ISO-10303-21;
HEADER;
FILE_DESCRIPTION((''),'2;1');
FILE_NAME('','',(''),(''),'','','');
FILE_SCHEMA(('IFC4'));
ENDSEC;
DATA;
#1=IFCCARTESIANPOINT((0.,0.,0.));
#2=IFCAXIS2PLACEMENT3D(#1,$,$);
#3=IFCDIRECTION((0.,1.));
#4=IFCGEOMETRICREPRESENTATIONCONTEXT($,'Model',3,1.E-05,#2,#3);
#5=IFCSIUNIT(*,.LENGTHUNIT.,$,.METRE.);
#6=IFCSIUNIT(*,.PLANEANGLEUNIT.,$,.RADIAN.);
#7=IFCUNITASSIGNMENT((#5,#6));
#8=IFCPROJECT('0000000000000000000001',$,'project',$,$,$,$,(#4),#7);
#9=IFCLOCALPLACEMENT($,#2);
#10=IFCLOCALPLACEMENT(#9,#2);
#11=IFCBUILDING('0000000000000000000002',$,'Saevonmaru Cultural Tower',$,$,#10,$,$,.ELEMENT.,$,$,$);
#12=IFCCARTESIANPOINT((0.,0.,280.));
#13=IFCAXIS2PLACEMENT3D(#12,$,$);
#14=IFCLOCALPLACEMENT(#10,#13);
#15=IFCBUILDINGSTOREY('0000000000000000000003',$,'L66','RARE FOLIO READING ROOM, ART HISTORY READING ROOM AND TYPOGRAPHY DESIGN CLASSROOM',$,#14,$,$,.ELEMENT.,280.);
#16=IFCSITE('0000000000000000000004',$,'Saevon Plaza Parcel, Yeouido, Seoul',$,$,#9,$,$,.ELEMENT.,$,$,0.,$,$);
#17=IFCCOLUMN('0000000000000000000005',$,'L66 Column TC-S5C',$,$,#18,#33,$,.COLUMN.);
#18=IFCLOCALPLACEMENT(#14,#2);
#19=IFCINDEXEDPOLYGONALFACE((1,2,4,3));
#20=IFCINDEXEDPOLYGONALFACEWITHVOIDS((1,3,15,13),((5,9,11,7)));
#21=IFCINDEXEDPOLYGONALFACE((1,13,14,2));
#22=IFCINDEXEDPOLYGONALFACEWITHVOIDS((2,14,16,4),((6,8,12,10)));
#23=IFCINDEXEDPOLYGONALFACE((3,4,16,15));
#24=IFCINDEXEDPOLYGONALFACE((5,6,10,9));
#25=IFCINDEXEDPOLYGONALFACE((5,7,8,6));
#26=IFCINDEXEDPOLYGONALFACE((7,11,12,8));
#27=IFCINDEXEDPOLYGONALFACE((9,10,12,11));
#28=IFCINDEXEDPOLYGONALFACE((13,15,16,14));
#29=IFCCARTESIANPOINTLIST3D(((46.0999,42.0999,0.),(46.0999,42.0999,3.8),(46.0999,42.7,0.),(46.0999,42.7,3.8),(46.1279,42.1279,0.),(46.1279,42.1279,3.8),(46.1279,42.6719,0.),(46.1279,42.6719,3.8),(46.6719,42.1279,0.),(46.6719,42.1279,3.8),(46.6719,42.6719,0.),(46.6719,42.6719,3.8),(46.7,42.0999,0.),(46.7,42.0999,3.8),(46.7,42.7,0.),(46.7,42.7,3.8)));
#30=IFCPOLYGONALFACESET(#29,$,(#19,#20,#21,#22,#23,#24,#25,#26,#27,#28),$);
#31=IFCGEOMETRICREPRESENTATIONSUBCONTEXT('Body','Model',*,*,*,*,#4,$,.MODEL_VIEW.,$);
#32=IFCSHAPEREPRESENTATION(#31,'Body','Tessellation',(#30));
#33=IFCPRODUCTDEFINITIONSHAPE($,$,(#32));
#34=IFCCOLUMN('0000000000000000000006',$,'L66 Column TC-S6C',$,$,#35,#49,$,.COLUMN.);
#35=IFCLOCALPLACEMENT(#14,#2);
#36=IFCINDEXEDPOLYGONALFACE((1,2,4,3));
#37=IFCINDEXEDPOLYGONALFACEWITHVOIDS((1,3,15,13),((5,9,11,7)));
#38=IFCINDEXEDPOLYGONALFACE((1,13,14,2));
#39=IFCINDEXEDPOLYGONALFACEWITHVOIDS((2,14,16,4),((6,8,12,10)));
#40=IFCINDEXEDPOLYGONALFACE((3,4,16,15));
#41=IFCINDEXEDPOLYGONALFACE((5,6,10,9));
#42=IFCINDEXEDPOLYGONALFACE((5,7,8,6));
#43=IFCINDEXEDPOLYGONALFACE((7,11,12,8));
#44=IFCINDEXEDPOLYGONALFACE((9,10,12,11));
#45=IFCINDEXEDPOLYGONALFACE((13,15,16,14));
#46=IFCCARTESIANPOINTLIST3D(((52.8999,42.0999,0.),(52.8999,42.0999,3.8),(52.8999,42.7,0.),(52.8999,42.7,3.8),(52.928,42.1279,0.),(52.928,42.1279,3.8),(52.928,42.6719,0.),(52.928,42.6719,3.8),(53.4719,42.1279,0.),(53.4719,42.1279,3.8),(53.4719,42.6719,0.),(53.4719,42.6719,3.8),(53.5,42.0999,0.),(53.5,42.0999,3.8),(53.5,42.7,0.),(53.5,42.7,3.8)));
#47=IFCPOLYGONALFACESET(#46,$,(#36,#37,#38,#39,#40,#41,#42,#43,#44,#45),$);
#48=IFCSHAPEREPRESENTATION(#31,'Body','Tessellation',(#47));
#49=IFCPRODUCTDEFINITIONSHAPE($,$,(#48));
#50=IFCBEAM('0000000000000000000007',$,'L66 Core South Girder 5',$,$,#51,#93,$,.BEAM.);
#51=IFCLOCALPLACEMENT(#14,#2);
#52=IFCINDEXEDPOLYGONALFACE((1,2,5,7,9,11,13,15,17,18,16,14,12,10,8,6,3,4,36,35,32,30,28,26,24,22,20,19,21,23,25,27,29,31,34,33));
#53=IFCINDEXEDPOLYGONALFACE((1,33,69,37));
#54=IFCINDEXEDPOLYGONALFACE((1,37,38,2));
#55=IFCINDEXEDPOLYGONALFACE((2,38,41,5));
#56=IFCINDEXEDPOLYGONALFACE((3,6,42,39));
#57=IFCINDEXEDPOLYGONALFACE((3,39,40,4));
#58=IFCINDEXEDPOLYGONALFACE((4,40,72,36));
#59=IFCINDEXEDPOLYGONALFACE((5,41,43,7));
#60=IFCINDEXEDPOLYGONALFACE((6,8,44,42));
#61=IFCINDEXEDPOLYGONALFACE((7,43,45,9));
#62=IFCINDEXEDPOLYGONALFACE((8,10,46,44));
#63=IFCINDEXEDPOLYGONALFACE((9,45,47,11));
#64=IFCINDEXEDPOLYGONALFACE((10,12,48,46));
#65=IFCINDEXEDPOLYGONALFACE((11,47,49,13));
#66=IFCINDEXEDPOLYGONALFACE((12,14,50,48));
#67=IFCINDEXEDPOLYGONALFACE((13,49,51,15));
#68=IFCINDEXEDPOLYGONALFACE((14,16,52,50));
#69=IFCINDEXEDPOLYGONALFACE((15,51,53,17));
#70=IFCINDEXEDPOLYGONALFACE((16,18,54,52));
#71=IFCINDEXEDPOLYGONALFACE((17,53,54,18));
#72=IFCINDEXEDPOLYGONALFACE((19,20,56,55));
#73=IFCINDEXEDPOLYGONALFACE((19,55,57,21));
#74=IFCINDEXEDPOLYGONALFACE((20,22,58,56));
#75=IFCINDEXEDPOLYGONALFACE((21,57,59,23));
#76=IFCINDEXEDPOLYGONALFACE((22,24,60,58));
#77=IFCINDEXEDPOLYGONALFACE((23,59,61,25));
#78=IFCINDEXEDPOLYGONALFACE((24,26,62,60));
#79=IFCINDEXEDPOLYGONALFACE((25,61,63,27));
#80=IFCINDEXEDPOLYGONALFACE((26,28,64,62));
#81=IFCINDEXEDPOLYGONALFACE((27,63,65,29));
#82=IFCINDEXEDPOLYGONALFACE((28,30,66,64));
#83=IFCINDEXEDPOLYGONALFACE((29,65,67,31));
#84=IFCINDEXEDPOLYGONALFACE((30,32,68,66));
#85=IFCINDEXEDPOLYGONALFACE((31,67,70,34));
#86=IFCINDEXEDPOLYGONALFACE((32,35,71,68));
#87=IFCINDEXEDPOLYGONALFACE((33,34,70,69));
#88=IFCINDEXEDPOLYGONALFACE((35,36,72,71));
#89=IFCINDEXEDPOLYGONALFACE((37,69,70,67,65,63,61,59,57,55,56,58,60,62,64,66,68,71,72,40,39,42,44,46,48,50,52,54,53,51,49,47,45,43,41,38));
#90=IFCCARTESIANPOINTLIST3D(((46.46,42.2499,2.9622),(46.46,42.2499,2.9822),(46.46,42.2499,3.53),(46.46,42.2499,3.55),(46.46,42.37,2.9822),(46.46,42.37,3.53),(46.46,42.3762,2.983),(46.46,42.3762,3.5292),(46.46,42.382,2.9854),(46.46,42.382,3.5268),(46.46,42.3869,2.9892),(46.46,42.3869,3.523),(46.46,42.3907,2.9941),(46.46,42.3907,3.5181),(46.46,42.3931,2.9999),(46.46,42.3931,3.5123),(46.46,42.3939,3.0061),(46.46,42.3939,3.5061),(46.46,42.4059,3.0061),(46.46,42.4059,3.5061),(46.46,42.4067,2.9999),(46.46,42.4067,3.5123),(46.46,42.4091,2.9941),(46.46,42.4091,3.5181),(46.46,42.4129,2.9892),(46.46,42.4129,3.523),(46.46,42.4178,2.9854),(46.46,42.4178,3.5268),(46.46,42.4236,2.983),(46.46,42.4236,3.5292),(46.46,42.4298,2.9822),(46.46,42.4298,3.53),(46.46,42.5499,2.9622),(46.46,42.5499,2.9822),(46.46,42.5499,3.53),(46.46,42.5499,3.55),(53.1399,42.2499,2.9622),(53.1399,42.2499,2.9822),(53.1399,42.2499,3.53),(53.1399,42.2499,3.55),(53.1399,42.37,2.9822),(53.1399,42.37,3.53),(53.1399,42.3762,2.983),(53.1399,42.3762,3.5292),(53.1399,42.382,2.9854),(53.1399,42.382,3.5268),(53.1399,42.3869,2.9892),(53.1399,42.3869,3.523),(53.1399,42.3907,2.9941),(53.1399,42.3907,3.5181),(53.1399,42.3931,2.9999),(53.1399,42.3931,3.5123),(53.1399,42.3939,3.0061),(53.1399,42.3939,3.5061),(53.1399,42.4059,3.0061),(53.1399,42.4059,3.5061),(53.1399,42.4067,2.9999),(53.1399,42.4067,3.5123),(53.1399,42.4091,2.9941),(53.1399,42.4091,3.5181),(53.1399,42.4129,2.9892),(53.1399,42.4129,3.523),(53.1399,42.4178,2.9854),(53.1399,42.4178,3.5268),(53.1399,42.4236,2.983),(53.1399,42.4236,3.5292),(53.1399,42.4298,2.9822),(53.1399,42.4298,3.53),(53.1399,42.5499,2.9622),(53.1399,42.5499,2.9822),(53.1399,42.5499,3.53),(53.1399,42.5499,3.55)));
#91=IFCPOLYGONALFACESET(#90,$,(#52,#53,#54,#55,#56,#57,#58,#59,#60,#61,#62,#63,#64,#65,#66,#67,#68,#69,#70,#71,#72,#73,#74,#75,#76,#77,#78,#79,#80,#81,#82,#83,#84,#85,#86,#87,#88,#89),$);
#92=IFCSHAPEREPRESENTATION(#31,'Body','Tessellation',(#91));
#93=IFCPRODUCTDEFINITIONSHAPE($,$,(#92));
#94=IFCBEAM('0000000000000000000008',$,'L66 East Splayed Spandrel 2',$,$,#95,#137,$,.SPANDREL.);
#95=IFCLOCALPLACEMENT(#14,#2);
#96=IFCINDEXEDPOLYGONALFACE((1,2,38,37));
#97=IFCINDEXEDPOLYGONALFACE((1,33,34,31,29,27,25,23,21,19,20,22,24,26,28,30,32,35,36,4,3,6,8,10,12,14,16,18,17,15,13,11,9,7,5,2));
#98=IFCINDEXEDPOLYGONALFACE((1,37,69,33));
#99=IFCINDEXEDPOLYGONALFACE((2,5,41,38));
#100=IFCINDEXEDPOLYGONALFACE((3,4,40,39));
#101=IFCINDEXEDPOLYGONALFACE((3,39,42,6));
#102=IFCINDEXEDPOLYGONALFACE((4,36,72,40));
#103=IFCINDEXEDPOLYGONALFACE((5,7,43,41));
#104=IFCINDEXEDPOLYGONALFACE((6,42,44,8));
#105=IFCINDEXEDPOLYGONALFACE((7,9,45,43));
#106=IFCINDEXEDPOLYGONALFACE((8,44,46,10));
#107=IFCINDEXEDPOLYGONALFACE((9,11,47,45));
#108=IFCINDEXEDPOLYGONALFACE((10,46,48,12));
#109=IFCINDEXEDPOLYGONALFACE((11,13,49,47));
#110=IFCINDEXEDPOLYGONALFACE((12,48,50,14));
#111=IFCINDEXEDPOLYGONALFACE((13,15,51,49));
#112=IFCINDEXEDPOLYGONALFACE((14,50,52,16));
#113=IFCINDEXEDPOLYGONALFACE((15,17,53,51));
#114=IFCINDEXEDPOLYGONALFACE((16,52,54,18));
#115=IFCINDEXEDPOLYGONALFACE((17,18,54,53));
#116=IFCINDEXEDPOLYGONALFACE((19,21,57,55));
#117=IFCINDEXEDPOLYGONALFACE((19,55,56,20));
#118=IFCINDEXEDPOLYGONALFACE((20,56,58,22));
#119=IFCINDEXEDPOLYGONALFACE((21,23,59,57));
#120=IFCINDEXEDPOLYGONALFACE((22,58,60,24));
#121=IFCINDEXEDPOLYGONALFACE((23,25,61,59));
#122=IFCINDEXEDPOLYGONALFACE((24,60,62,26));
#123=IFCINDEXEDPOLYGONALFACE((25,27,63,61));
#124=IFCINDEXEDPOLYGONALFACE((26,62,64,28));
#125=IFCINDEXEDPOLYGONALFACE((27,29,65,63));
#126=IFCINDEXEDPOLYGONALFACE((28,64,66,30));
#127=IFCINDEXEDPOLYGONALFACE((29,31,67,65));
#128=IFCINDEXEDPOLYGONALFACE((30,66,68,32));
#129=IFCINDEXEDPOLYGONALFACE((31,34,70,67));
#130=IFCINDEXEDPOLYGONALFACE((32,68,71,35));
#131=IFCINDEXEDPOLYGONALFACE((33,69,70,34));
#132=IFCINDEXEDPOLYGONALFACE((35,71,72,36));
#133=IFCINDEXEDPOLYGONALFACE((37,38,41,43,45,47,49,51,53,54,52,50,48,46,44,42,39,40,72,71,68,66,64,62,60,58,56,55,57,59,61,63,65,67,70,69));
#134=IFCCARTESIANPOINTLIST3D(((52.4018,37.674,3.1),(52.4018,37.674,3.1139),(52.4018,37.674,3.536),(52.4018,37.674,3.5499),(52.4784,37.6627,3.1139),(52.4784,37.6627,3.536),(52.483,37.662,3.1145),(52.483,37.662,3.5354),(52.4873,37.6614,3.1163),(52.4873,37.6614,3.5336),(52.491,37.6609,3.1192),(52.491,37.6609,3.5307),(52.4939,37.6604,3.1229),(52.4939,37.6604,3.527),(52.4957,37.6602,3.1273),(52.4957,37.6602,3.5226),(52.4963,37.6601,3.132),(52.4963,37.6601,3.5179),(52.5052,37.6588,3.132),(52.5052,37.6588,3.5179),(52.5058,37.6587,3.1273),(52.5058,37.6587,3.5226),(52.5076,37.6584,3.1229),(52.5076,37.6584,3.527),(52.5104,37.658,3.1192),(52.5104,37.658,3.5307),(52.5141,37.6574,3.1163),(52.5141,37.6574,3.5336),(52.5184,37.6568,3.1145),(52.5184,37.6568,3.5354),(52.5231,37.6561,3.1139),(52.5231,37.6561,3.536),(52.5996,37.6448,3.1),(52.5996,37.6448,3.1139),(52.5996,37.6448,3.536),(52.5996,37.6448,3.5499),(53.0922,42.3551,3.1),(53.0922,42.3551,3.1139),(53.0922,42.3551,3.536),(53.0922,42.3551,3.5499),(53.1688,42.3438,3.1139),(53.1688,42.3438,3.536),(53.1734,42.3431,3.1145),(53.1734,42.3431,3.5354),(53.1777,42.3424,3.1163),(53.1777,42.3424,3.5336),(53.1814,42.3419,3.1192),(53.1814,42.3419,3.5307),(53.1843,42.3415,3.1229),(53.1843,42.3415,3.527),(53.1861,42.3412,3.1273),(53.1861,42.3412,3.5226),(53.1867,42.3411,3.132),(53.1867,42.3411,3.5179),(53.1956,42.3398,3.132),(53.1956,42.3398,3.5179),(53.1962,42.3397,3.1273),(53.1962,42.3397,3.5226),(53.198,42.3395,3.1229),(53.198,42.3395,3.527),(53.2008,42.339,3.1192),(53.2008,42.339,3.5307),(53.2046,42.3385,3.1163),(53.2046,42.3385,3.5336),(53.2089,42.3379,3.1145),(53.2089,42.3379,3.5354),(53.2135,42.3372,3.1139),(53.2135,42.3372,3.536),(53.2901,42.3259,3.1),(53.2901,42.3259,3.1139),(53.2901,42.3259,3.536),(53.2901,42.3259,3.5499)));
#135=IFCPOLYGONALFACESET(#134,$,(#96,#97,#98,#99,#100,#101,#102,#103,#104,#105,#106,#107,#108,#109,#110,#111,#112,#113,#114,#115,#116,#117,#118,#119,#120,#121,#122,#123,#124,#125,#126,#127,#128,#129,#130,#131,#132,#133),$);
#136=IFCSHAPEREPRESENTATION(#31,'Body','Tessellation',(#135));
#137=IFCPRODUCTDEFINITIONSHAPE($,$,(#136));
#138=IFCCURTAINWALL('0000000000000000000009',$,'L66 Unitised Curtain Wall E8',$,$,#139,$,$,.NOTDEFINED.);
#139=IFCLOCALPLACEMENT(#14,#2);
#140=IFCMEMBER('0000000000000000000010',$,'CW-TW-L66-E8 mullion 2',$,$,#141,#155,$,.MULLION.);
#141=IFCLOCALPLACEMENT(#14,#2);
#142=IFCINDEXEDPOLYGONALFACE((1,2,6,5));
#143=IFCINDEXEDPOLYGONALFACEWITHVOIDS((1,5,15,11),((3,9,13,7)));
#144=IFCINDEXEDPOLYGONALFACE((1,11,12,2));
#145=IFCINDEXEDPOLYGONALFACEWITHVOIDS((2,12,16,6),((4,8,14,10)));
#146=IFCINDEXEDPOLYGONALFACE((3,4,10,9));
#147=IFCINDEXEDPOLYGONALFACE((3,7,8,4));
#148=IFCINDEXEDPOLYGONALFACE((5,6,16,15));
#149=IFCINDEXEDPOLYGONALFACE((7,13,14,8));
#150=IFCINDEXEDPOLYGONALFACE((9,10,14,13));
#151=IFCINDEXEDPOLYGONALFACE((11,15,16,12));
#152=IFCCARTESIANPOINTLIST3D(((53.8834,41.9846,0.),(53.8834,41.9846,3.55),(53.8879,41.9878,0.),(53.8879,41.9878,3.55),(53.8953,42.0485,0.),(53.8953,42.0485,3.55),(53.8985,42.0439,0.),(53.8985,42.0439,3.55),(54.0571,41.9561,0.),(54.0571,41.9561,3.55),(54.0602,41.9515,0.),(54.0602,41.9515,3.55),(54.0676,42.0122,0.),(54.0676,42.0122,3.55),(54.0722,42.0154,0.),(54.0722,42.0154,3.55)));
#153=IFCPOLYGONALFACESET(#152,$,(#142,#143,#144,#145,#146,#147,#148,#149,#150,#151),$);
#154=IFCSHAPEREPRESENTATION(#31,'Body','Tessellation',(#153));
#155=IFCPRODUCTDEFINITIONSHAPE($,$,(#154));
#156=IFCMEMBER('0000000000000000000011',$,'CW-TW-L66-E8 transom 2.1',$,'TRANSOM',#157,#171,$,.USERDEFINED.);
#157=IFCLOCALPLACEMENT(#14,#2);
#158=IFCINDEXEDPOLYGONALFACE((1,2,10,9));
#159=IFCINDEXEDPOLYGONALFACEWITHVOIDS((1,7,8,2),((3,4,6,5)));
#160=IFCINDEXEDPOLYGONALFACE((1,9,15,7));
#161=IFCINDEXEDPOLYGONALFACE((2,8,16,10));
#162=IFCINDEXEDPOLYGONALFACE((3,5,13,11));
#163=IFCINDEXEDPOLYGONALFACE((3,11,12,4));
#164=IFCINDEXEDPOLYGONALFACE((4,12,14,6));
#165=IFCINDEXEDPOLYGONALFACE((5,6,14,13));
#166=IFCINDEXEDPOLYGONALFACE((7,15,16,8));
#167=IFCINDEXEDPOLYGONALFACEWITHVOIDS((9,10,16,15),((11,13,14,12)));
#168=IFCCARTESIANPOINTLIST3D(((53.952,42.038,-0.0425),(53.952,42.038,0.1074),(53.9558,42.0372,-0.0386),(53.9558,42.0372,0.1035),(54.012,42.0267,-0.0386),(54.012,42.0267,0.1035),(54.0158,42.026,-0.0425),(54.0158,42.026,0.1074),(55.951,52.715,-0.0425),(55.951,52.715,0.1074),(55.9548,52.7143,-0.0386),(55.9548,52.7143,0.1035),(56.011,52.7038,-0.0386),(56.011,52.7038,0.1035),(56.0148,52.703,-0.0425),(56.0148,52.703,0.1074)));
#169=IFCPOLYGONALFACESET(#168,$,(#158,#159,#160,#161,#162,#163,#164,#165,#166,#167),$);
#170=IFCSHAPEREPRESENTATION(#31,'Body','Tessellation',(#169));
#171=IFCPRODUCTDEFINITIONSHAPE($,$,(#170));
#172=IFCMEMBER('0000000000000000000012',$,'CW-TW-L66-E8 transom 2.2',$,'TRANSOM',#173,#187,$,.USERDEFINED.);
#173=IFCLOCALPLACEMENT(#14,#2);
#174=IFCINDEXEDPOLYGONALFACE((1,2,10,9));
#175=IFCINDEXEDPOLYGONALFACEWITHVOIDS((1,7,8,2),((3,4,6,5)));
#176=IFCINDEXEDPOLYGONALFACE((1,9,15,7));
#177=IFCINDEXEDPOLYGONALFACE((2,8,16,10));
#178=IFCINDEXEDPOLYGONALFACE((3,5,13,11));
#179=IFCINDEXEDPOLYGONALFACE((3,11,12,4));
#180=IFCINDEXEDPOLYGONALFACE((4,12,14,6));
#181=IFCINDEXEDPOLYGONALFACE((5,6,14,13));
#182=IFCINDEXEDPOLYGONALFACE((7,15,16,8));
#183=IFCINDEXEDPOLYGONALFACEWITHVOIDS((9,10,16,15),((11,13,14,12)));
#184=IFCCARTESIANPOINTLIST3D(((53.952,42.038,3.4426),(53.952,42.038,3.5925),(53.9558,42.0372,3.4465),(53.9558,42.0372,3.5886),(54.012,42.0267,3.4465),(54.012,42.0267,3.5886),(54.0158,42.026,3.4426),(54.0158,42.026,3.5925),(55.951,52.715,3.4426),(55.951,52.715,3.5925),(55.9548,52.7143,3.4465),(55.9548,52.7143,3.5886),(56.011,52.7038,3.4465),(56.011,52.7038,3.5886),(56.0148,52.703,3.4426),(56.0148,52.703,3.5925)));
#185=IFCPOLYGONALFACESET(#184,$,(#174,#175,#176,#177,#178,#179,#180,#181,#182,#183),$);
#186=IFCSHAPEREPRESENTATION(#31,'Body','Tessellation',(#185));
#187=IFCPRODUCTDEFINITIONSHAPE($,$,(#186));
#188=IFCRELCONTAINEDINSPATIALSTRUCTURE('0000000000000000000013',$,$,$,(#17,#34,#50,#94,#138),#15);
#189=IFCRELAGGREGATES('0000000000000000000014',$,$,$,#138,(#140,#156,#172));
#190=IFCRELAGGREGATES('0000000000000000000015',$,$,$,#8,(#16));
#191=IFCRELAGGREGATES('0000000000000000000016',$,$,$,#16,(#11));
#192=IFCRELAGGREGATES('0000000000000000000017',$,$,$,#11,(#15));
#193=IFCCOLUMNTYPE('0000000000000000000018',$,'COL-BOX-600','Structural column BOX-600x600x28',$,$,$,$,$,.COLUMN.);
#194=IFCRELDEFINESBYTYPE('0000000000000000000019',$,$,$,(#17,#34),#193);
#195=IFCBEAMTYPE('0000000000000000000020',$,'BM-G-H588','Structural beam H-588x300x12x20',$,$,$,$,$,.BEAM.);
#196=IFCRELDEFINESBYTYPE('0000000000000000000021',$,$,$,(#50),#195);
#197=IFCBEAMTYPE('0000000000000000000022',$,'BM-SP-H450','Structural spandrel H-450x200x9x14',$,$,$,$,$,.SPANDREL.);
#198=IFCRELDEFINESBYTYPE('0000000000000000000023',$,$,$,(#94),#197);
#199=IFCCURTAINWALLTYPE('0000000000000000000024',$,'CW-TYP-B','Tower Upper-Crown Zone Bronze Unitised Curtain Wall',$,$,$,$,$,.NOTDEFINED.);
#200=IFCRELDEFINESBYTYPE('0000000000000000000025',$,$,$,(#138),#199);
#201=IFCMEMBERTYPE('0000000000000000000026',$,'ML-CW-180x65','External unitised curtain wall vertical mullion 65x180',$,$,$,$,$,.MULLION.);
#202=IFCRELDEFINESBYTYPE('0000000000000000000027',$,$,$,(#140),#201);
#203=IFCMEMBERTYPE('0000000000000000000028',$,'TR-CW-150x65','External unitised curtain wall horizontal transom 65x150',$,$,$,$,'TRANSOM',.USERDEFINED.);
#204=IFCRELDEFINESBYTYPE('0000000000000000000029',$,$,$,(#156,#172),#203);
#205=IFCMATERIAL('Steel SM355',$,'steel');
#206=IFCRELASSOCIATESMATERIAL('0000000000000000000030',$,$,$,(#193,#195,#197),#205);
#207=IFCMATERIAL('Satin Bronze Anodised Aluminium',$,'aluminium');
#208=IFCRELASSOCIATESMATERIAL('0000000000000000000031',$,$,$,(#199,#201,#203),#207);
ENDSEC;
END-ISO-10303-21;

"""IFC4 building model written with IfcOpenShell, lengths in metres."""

from ifc_helpers import new_model, si_unit, direction, frame, origin, origin_2d, place, context, subcontext, project, spatial, hollow_rectangle, i_section, extrude, material, material_profile, profile_set, type_object, element, aggregate, save


model = new_model("IFC4")

# Units and contexts
model_context = context("Model", 3, precision=1e-05, world=origin(), true_north=direction((0.0, 1.0)))
body_context = subcontext(model_context, "Body", "Model", "MODEL_VIEW")
ifc_project = project(units=[si_unit("LENGTHUNIT", "METRE"), si_unit("PLANEANGLEUNIT", "RADIAN")], contexts=[model_context])

# Site, building, storey
site_placement = place(None, origin())
site = spatial("IfcSite", under=ifc_project, at=site_placement, Name="Saevon Plaza Parcel, Yeouido, Seoul", CompositionType="ELEMENT", RefElevation=0.0)
building_placement = place(site_placement, origin())
building = spatial("IfcBuilding", under=site, at=building_placement, Name="Saevonmaru Cultural Tower", CompositionType="ELEMENT")
storey_placement = place(building_placement, frame((0.0, 0.0, 280.0)))
storey = spatial("IfcBuildingStorey", under=building, at=storey_placement, Name="L66", Description="RARE FOLIO READING ROOM, ART HISTORY READING ROOM AND TYPOGRAPHY DESIGN CLASSROOM", CompositionType="ELEMENT", Elevation=280.0)

# Columns
ifc_material_1 = material(Name="Steel SM355", Category="steel")
ifc_material_profile_1 = material_profile(ifc_material_1, hollow_rectangle(XDim=0.6001, YDim=0.6001, WallThickness=0.0281, at=origin_2d()), Name="BOX-600x600x28")
ifc_profile_set_1 = profile_set([ifc_material_profile_1], Name="Steel SM355")
column_type = type_object("IfcColumnType", Name="COL-BOX-600", Description="Structural column BOX-600x600x28", PredefinedType="COLUMN", material=ifc_profile_set_1)
for number, where, z_axis, x_axis, name in (
    (1, (46.3999, 42.3999, 0.0), (0.0, 0.0, 1.0), (1.0, 0.0, 0.0), "L66 Column TC-S5C"),
    (2, (53.2, 42.3999, 0.0), (0.0, 0.0, 1.0), (1.0, 0.0, 0.0), "L66 Column TC-S6C"),
):
    element("IfcColumn", number, at=place(storey_placement, frame(where, z_axis=z_axis, x_axis=x_axis)), inside=storey, type_object=column_type, Name=name, PredefinedType="COLUMN", context=body_context, shape_type="SweptSolid", body=[
        extrude(hollow_rectangle(XDim=0.6001, YDim=0.6001, WallThickness=0.0281, at=origin_2d()), origin(), (0.0, 0.0, 1.0), 3.8),
    ])

# Beams
ifc_material_profile_2 = material_profile(ifc_material_1, i_section(OverallWidth=0.3, OverallDepth=0.5879, WebThickness=0.012, FlangeThickness=0.02, FilletRadius=0.0239, at=origin_2d()), Name="H-588x300x12x20")
ifc_profile_set_2 = profile_set([ifc_material_profile_2], Name="Steel SM355")
beam_type_1 = type_object("IfcBeamType", Name="BM-G-H588", Description="Structural beam H-588x300x12x20", PredefinedType="BEAM", material=ifc_profile_set_2)
beam_1_placement = place(storey_placement, frame((46.46, 42.3999, 3.2561), z_axis=(1.0, 0.0, 0.0), x_axis=(0.0, 1.0, 0.0)))
element("IfcBeam", 3, at=beam_1_placement, inside=storey, type_object=beam_type_1, Name="L66 Core South Girder 5", PredefinedType="BEAM", context=body_context, shape_type="SweptSolid", body=[
    extrude(i_section(OverallWidth=0.3, OverallDepth=0.5879, WebThickness=0.012, FlangeThickness=0.02, FilletRadius=0.0239, at=origin_2d()), origin(), (0.0, 0.0, 1.0), 6.6799),
])
ifc_material_profile_3 = material_profile(ifc_material_1, i_section(OverallWidth=0.2, OverallDepth=0.45, WebThickness=0.009, FlangeThickness=0.0139, FilletRadius=0.0181, at=origin_2d()), Name="H-450x200x9x14")
ifc_profile_set_3 = profile_set([ifc_material_profile_3], Name="Steel SM355")
beam_type_2 = type_object("IfcBeamType", Name="BM-SP-H450", Description="Structural spandrel H-450x200x9x14", PredefinedType="SPANDREL", material=ifc_profile_set_3)
beam_2_placement = place(storey_placement, frame((52.5007, 37.6594, 3.325), z_axis=(0.145913, 0.989297, 0.0), x_axis=(-0.989297, 0.145913, 0.0)))
element("IfcBeam", 4, at=beam_2_placement, inside=storey, type_object=beam_type_2, Name="L66 East Splayed Spandrel 2", PredefinedType="SPANDREL", context=body_context, shape_type="SweptSolid", body=[
    extrude(i_section(OverallWidth=0.2, OverallDepth=0.45, WebThickness=0.009, FlangeThickness=0.0139, FilletRadius=0.0181, at=origin_2d()), origin(), (0.0, 0.0, 1.0), 4.7317),
])

# Curtain wall, members
ifc_material_2 = material(Name="Satin Bronze Anodised Aluminium", Category="aluminium")
curtain_wall_type = type_object("IfcCurtainWallType", Name="CW-TYP-B", Description="Tower Upper-Crown Zone Bronze Unitised Curtain Wall", PredefinedType="NOTDEFINED", material=ifc_material_2)
curtain_wall_placement = place(storey_placement, origin())
curtain_wall = element("IfcCurtainWall", 5, at=curtain_wall_placement, inside=storey, type_object=curtain_wall_type, Name="L66 Unitised Curtain Wall E8", PredefinedType="NOTDEFINED")
ifc_material_profile_4 = material_profile(ifc_material_2, hollow_rectangle(XDim=0.0649, YDim=0.1799, WallThickness=0.0039, at=origin_2d()), Name="ALU-MULL-180x65x4")
ifc_profile_set_4 = profile_set([ifc_material_profile_4], Name="Satin Bronze Anodised Aluminium")
member_type_1 = type_object("IfcMemberType", Name="ML-CW-180x65", Description="External unitised curtain wall vertical mullion 65x180", PredefinedType="MULLION", material=ifc_profile_set_4)
member_1_placement = place(storey_placement, frame((53.9778, 42.0, 0.0), z_axis=(0.0, 0.0, 1.0), x_axis=(0.184047, 0.982918, 0.0)))
member_1 = element("IfcMember", 6, at=member_1_placement, type_object=member_type_1, Name="CW-TW-L66-E8 mullion 2", PredefinedType="MULLION", context=body_context, shape_type="SweptSolid", body=[
    extrude(hollow_rectangle(XDim=0.0649, YDim=0.1799, WallThickness=0.0039, at=origin_2d()), origin(), (0.0, 0.0, 1.0), 3.55),
])
ifc_material_profile_5 = material_profile(ifc_material_2, hollow_rectangle(XDim=0.0649, YDim=0.1499, WallThickness=0.0039, at=origin_2d()), Name="ALU-TRAN-150x65x4")
ifc_profile_set_5 = profile_set([ifc_material_profile_5], Name="Satin Bronze Anodised Aluminium")
member_type_2 = type_object("IfcMemberType", Name="TR-CW-150x65", Description="External unitised curtain wall horizontal transom 65x150", ElementType="TRANSOM", PredefinedType="USERDEFINED", material=ifc_profile_set_5)
member_2_placement = place(storey_placement, frame((53.9839, 42.032, 0.0325), z_axis=(0.184029, 0.982921, 0.0), x_axis=(-0.982921, 0.184029, 0.0)))
member_2 = element("IfcMember", 7, at=member_2_placement, type_object=member_type_2, Name="CW-TW-L66-E8 transom 2.1", ObjectType="TRANSOM", PredefinedType="USERDEFINED", context=body_context, shape_type="SweptSolid", body=[
    extrude(hollow_rectangle(XDim=0.0649, YDim=0.1499, WallThickness=0.0039, at=origin_2d()), origin(), (0.0, 0.0, 1.0), 10.8625),
])
member_3_placement = place(storey_placement, frame((53.9839, 42.032, 3.5176), z_axis=(0.184029, 0.982921, 0.0), x_axis=(-0.982921, 0.184029, 0.0)))
member_3 = element("IfcMember", 8, at=member_3_placement, type_object=member_type_2, Name="CW-TW-L66-E8 transom 2.2", ObjectType="TRANSOM", PredefinedType="USERDEFINED", context=body_context, shape_type="SweptSolid", body=[
    extrude(hollow_rectangle(XDim=0.0649, YDim=0.1499, WallThickness=0.0039, at=origin_2d()), origin(), (0.0, 0.0, 1.0), 10.8625),
])
aggregate(curtain_wall, [member_1, member_2, member_3])

save(model, "model.ifc")
